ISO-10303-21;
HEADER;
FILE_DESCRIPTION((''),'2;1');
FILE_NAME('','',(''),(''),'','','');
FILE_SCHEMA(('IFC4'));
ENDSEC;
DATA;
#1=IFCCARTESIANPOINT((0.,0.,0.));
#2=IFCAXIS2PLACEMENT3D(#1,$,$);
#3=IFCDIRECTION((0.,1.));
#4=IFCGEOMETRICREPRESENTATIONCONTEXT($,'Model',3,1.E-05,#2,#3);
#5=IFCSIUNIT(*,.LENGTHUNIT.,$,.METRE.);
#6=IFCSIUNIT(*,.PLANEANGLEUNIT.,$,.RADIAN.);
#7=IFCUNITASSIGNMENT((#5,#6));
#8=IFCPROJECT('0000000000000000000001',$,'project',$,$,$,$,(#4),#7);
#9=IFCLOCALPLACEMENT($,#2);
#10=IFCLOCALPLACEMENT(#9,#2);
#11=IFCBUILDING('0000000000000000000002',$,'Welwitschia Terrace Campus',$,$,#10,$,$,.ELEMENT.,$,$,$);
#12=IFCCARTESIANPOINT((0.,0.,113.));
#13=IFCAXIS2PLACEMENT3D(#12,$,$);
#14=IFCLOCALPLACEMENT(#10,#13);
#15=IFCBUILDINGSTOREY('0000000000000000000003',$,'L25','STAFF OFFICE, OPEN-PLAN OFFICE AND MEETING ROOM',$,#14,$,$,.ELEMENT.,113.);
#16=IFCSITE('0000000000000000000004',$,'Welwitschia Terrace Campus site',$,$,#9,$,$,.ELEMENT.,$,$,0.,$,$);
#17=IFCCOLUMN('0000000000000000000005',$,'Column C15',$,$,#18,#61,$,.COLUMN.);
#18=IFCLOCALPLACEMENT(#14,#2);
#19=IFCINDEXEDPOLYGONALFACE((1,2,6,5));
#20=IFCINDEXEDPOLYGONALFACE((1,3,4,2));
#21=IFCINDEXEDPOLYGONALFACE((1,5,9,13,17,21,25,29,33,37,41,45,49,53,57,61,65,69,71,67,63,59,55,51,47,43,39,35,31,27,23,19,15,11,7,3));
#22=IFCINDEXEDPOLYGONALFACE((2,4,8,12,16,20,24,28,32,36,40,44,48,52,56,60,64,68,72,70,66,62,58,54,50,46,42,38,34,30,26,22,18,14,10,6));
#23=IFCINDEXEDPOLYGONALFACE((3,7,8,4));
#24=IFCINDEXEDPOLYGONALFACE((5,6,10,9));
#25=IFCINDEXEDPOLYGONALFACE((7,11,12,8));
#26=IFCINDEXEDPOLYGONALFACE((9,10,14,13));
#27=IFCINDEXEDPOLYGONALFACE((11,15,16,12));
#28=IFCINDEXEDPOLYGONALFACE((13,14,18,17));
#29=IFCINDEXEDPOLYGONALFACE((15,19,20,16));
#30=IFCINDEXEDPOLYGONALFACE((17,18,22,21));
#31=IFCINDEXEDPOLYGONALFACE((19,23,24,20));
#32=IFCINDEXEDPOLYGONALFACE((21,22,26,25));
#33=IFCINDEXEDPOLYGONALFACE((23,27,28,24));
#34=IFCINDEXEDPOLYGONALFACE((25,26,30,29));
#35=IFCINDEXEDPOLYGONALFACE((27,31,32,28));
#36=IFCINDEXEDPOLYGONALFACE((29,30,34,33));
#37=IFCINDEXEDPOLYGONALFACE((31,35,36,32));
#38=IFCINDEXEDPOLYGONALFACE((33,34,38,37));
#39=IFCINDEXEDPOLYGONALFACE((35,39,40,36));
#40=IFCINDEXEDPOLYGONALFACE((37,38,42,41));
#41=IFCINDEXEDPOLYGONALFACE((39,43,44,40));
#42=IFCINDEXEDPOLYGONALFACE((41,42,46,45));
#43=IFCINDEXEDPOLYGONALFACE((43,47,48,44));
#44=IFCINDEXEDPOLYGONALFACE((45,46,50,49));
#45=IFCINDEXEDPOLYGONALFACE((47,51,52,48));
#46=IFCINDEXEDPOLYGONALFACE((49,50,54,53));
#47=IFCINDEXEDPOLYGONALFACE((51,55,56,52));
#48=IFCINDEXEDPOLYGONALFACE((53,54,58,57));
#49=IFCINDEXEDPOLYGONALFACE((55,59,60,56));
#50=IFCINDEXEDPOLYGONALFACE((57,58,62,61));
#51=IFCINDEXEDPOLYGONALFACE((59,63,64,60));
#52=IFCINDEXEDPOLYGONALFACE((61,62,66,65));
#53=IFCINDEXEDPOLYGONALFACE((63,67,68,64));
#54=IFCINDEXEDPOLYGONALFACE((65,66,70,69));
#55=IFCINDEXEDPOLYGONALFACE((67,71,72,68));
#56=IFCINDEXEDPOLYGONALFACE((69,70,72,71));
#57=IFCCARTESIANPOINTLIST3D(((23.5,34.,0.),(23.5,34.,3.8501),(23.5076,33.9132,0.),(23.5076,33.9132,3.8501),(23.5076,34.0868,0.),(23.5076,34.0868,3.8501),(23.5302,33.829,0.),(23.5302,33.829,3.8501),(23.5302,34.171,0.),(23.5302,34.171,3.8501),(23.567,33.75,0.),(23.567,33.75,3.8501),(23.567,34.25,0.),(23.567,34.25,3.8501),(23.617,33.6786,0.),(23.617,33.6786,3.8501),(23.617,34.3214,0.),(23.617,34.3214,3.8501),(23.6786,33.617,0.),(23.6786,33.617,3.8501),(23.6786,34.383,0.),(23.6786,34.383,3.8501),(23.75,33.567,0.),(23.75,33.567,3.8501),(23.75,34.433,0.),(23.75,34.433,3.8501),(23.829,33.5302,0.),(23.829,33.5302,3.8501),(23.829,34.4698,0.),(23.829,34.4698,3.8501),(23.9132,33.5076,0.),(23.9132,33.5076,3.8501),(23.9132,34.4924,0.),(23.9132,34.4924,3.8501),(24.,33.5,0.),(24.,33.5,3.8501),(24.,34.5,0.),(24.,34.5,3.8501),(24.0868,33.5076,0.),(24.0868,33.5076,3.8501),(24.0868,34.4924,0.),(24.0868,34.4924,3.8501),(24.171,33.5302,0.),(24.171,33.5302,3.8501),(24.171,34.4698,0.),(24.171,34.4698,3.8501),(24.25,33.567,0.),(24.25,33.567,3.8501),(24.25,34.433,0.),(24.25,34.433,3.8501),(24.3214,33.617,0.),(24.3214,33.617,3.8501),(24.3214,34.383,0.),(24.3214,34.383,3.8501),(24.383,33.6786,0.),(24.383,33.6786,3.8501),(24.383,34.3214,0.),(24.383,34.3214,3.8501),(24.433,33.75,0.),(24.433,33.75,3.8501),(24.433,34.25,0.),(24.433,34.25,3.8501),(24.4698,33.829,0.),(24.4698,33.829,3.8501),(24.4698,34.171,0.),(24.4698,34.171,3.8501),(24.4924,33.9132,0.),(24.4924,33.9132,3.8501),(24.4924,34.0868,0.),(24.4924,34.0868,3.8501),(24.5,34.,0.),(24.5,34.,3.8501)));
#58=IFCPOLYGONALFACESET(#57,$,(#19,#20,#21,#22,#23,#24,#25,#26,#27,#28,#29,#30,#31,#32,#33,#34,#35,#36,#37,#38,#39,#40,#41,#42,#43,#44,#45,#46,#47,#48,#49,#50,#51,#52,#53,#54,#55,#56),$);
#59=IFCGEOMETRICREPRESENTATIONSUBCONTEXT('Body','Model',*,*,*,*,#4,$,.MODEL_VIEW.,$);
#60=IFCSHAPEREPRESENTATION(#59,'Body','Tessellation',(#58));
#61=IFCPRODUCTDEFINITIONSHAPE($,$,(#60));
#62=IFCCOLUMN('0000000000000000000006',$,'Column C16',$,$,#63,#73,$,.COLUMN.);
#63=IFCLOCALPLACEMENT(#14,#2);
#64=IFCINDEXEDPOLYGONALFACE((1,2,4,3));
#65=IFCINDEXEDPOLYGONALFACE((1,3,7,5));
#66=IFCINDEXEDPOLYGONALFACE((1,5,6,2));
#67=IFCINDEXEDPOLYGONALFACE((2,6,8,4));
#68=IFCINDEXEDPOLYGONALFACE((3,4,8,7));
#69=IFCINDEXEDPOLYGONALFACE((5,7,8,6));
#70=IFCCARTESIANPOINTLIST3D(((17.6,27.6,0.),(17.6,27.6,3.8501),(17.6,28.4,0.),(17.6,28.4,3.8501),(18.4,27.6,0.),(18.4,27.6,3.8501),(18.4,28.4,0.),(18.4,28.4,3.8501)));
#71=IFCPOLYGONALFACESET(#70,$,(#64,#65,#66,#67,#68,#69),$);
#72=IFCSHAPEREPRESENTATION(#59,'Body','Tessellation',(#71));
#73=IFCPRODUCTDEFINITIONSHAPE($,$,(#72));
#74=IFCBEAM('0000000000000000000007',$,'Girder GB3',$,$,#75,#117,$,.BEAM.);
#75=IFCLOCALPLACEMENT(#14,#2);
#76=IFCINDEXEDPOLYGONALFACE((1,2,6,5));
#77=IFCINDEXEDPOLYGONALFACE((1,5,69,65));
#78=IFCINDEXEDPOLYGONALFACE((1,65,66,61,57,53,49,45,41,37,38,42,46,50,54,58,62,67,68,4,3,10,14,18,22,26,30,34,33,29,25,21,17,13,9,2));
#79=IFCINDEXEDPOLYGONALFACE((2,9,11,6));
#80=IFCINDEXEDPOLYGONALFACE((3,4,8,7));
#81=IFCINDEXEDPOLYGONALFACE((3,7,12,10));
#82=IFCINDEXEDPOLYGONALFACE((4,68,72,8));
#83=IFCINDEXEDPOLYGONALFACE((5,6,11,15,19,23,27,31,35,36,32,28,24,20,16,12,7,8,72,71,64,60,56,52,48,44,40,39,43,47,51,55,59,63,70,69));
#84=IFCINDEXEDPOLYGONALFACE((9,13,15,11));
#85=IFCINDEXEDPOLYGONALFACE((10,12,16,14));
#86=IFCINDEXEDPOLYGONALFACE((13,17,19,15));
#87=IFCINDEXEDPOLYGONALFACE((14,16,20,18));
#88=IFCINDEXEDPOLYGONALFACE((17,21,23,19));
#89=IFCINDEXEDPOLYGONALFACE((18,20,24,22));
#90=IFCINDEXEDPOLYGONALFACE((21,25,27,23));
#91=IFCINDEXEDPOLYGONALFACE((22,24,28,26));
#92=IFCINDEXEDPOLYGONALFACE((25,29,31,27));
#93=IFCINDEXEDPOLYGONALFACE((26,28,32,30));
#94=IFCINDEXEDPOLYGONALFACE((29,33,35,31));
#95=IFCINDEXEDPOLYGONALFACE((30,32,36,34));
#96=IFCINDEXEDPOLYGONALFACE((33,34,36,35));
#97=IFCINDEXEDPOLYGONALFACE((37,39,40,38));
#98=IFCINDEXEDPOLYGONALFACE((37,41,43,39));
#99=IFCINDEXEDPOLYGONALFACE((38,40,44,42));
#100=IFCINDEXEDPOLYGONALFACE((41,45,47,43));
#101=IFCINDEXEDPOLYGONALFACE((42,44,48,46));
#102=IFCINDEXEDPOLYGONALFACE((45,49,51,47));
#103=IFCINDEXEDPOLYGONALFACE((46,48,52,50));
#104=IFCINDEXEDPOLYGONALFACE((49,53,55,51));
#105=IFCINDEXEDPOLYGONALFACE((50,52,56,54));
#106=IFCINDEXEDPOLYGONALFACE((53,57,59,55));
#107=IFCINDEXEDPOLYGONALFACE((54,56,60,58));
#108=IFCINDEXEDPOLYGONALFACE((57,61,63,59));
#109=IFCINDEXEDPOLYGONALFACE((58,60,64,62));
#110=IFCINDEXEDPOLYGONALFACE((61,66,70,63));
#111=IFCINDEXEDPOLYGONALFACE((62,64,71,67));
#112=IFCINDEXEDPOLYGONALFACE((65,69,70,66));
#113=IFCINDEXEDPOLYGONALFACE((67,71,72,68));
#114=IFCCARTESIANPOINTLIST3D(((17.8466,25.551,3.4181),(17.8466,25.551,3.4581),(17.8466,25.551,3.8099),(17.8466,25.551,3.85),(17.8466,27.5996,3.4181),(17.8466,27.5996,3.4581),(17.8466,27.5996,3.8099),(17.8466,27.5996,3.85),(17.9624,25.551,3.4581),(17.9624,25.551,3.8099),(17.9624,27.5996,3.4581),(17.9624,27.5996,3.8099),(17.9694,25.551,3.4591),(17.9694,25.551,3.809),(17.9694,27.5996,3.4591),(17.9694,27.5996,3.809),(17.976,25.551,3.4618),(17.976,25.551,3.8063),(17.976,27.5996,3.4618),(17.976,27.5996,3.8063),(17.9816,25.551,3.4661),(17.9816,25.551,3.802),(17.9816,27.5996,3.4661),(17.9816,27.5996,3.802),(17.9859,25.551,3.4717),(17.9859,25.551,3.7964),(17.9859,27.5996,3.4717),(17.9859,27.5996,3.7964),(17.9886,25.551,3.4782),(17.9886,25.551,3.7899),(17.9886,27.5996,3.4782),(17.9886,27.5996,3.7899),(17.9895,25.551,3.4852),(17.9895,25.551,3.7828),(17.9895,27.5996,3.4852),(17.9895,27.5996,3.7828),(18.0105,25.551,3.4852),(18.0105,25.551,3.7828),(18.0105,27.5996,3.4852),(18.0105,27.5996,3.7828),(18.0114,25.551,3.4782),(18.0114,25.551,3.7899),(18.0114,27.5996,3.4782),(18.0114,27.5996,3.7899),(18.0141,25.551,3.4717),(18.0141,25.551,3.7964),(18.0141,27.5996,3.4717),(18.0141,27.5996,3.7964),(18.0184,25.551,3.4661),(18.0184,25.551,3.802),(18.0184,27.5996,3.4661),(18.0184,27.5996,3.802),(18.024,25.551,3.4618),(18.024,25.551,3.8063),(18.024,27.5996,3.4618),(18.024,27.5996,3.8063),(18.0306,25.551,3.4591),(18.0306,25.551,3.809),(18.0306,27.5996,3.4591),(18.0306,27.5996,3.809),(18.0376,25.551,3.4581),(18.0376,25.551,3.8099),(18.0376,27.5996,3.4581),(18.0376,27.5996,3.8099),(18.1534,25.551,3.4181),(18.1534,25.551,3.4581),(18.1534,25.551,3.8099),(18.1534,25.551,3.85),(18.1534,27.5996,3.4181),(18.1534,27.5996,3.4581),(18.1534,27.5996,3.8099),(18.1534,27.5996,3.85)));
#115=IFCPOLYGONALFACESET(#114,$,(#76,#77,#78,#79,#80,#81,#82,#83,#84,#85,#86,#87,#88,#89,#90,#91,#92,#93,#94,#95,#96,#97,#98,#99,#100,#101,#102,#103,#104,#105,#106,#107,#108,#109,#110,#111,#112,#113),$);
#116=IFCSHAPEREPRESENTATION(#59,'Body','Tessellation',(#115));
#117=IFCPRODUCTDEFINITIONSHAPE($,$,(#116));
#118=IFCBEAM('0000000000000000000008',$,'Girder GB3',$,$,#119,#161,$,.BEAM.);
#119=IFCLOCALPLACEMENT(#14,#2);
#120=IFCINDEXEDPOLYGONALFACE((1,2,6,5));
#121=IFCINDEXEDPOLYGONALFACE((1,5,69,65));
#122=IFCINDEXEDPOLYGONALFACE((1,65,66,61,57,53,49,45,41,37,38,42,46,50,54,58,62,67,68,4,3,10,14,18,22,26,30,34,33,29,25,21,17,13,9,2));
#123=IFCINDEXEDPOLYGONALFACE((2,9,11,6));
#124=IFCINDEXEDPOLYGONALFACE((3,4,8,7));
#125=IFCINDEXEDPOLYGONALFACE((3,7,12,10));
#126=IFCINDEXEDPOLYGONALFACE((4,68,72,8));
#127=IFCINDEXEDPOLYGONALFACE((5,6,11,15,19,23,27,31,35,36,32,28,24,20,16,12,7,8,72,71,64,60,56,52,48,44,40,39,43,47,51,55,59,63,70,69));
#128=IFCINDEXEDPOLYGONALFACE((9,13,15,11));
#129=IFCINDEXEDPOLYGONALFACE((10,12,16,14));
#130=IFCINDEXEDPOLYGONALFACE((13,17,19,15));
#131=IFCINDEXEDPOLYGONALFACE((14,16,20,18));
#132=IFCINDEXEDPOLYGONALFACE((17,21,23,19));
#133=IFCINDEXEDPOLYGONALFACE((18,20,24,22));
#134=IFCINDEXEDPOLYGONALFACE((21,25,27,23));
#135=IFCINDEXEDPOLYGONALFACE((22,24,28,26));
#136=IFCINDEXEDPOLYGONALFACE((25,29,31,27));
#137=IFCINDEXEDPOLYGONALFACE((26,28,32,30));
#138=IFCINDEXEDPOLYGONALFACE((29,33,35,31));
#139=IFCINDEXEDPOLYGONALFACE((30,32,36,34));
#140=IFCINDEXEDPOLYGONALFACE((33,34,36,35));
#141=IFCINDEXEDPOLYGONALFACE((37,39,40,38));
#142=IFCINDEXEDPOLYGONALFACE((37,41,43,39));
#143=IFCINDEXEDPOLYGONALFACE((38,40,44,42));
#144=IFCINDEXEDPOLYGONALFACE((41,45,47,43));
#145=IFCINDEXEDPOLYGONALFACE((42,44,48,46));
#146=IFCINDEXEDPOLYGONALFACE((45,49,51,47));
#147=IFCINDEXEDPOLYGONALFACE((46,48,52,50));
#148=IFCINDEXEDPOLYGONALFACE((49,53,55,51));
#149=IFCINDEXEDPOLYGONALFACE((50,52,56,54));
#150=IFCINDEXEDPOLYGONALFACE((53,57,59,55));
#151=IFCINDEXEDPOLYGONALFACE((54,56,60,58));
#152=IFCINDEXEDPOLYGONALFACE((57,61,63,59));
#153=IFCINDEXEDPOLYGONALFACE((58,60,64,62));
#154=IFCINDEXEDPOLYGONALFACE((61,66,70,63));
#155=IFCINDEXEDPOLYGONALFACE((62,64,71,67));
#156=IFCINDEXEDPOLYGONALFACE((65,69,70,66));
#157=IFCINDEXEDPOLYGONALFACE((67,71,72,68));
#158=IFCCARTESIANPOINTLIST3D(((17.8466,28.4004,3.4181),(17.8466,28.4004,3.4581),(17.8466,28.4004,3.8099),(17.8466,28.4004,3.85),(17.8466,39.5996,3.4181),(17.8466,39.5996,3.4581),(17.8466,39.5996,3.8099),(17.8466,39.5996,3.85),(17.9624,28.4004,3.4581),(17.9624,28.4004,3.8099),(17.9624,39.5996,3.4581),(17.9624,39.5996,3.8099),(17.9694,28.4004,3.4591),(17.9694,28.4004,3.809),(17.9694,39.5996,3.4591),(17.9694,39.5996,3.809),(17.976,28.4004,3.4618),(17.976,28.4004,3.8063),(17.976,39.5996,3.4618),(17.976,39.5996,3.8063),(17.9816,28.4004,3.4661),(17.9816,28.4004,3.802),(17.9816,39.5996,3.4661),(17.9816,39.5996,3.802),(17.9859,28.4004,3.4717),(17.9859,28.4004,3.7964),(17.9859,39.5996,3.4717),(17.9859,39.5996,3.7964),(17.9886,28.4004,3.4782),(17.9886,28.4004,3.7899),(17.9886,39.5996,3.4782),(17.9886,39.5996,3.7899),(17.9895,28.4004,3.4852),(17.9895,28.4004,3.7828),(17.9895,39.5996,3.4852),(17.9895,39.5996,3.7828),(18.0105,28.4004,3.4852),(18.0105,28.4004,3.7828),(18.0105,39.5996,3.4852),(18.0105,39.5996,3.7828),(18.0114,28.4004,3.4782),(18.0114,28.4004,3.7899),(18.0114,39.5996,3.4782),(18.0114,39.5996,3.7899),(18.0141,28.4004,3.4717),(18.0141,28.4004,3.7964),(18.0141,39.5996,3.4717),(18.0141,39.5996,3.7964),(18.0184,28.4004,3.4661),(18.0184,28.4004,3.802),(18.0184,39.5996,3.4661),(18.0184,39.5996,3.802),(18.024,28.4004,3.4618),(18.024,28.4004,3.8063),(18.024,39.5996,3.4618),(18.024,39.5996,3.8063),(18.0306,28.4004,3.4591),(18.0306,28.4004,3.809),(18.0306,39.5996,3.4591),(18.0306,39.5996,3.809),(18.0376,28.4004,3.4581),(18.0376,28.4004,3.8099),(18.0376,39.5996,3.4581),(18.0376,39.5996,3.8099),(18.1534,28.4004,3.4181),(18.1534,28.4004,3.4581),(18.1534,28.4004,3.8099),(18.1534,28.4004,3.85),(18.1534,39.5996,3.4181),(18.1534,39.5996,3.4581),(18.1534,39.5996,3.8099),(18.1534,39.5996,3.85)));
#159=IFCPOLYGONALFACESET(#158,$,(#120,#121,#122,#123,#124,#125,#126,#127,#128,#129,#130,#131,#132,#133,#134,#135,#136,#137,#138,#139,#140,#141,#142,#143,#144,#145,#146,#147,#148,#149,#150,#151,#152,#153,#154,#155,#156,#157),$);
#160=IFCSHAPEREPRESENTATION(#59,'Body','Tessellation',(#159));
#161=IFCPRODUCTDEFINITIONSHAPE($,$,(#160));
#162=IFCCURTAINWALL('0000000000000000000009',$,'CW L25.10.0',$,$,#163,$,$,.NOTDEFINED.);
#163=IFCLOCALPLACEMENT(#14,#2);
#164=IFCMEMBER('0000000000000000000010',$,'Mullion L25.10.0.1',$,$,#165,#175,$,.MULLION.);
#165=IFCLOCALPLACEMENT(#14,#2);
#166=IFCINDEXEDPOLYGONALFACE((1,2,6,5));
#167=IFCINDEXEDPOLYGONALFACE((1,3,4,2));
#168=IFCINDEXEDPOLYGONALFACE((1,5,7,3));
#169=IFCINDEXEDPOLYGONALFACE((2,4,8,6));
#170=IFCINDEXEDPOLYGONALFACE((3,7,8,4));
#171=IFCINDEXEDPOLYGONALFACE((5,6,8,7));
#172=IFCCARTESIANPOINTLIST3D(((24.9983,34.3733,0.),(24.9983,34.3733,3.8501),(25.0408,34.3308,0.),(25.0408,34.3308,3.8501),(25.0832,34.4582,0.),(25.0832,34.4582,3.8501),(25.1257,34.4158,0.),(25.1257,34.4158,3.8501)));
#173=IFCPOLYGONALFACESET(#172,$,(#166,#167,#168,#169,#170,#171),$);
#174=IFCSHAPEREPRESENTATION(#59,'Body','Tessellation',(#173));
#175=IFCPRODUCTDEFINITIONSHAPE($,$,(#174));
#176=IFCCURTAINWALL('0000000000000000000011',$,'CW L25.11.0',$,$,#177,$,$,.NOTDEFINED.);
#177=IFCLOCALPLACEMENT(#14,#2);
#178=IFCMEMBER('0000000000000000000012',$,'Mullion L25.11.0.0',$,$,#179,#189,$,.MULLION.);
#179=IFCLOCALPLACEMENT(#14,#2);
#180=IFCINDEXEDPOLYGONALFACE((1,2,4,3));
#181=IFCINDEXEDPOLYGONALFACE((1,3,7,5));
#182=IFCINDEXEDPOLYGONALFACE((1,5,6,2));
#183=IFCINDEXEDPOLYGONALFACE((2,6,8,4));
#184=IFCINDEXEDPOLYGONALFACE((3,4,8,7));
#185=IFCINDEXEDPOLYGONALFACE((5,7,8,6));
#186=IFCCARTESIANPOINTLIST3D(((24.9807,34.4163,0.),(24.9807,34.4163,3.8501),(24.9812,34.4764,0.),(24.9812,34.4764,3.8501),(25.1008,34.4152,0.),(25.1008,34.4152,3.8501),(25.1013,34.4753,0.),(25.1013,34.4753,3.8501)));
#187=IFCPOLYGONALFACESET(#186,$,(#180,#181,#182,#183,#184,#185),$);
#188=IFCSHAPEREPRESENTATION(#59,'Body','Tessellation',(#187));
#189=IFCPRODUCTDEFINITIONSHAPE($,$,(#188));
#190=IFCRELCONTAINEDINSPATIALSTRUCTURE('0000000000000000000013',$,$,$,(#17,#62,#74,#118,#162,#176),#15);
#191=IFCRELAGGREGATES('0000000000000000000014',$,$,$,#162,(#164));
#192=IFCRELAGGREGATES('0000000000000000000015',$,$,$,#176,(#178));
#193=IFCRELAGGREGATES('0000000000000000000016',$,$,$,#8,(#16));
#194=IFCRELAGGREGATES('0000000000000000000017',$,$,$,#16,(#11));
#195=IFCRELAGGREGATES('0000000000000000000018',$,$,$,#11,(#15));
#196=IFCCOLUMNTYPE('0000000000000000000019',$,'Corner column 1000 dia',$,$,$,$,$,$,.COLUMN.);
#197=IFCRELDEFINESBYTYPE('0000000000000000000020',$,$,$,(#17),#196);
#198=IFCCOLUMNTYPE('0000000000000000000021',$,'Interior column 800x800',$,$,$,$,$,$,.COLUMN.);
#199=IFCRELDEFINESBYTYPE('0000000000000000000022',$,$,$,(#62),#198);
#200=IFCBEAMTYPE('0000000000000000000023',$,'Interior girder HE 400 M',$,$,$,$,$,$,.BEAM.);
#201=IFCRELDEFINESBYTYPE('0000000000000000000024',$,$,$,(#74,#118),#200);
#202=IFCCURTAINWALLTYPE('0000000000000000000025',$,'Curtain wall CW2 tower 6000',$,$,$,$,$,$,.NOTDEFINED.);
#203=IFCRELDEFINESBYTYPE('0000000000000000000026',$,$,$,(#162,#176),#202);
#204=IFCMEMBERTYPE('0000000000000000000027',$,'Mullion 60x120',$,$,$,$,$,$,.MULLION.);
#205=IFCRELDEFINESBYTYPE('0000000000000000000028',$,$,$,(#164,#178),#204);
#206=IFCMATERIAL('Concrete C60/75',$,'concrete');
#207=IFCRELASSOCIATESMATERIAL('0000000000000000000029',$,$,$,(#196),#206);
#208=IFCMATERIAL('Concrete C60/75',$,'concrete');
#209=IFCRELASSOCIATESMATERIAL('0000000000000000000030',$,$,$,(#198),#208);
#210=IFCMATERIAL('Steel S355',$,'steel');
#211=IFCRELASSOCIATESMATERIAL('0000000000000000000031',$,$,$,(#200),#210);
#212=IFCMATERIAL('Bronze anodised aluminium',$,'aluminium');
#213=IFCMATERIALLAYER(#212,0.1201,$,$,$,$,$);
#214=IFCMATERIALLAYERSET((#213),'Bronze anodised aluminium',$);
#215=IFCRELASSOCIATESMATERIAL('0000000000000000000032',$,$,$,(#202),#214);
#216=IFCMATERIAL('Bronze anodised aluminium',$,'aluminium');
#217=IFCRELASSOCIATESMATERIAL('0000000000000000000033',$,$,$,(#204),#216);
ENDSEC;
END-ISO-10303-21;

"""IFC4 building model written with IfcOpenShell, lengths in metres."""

from ifc_helpers import new_model, si_unit, direction, frame, origin, origin_2d, place, context, subcontext, project, spatial, rectangle, circle, i_section, extrude, material, layer, layer_set, material_profile, profile_set, type_object, element, aggregate, save


model = new_model("IFC4")

# Units and contexts
model_context = context("Model", 3, precision=1e-05, world=origin(), true_north=direction((0.0, 1.0)))
body_context = subcontext(model_context, "Body", "Model", "MODEL_VIEW")
ifc_project = project(units=[si_unit("LENGTHUNIT", "METRE"), si_unit("PLANEANGLEUNIT", "RADIAN")], contexts=[model_context])

# Site, building, storey
site_placement = place(None, origin())
site = spatial("IfcSite", under=ifc_project, at=site_placement, Name="Welwitschia Terrace Campus site", CompositionType="ELEMENT", RefElevation=0.0)
building_placement = place(site_placement, origin())
building = spatial("IfcBuilding", under=site, at=building_placement, Name="Welwitschia Terrace Campus", CompositionType="ELEMENT")
storey_placement = place(building_placement, frame((0.0, 0.0, 113.0)))
storey = spatial("IfcBuildingStorey", under=building, at=storey_placement, Name="L25", Description="STAFF OFFICE, OPEN-PLAN OFFICE AND MEETING ROOM", CompositionType="ELEMENT", Elevation=113.0)

# Columns
ifc_material_1 = material(Name="Concrete C60/75", Category="concrete")
ifc_material_profile_1 = material_profile(ifc_material_1, circle(Radius=0.5, at=origin_2d()))
ifc_profile_set_1 = profile_set([ifc_material_profile_1], Name="Concrete C60/75")
column_type_1 = type_object("IfcColumnType", Name="Corner column 1000 dia", PredefinedType="COLUMN", material=ifc_profile_set_1)
column_1_placement = place(storey_placement, frame((24.0, 34.0, 0.0), z_axis=(0.0, 0.0, 1.0), x_axis=(1.0, 0.0, 0.0)))
element("IfcColumn", 1, at=column_1_placement, inside=storey, type_object=column_type_1, Name="Column C15", PredefinedType="COLUMN", context=body_context, shape_type="SweptSolid", body=[
    extrude(circle(Radius=0.5, at=origin_2d()), origin(), (0.0, 0.0, 1.0), 3.8501),
])
ifc_material_2 = material(Name="Concrete C60/75", Category="concrete")
ifc_material_profile_2 = material_profile(ifc_material_2, rectangle(XDim=0.8, YDim=0.8, at=origin_2d()))
ifc_profile_set_2 = profile_set([ifc_material_profile_2], Name="Concrete C60/75")
column_type_2 = type_object("IfcColumnType", Name="Interior column 800x800", PredefinedType="COLUMN", material=ifc_profile_set_2)
column_2_placement = place(storey_placement, frame((18.0, 28.0, 0.0), z_axis=(0.0, 0.0, 1.0), x_axis=(1.0, 0.0, 0.0)))
element("IfcColumn", 2, at=column_2_placement, inside=storey, type_object=column_type_2, Name="Column C16", PredefinedType="COLUMN", context=body_context, shape_type="SweptSolid", body=[
    extrude(rectangle(XDim=0.8, YDim=0.8, at=origin_2d()), origin(), (0.0, 0.0, 1.0), 3.8501),
])

# Beams
ifc_material_3 = material(Name="Steel S355", Category="steel")
ifc_material_profile_3 = material_profile(ifc_material_3, i_section(OverallWidth=0.3069, OverallDepth=0.4319, WebThickness=0.021, FlangeThickness=0.04, FilletRadius=0.0271, at=origin_2d()))
ifc_profile_set_3 = profile_set([ifc_material_profile_3], Name="Steel S355")
beam_type_1 = type_object("IfcBeamType", Name="Interior girder HE 400 M", PredefinedType="BEAM", material=ifc_profile_set_3)
beam_1_placement = place(storey_placement, frame((18.0, 25.551, 3.634), z_axis=(0.0, 1.0, 0.0), x_axis=(-1.0, 0.0, 0.0)))
element("IfcBeam", 3, at=beam_1_placement, inside=storey, type_object=beam_type_1, Name="Girder GB3", PredefinedType="BEAM", context=body_context, shape_type="SweptSolid", body=[
    extrude(i_section(OverallWidth=0.3069, OverallDepth=0.4319, WebThickness=0.021, FlangeThickness=0.04, FilletRadius=0.0271, at=origin_2d()), origin(), (0.0, 0.0, 1.0), 2.0486),
])
beam_2_placement = place(storey_placement, frame((18.0, 28.4004, 3.634), z_axis=(0.0, 1.0, 0.0), x_axis=(-1.0, 0.0, 0.0)))
element("IfcBeam", 4, at=beam_2_placement, inside=storey, type_object=beam_type_1, Name="Girder GB3", PredefinedType="BEAM", context=body_context, shape_type="SweptSolid", body=[
    extrude(i_section(OverallWidth=0.3069, OverallDepth=0.4319, WebThickness=0.021, FlangeThickness=0.04, FilletRadius=0.0271, at=origin_2d()), origin(), (0.0, 0.0, 1.0), 11.1992),
])

# Curtain walls, members
ifc_material_4 = material(Name="Bronze anodised aluminium", Category="aluminium")
ifc_layer_1 = layer(ifc_material_4, 0.1201)
ifc_layer_set_1 = layer_set([ifc_layer_1], Name="Bronze anodised aluminium")
curtain_wall_type = type_object("IfcCurtainWallType", Name="Curtain wall CW2 tower 6000", PredefinedType="NOTDEFINED", material=ifc_layer_set_1)
curtain_wall_1_placement = place(storey_placement, origin())
curtain_wall_1 = element("IfcCurtainWall", 5, at=curtain_wall_1_placement, inside=storey, type_object=curtain_wall_type, Name="CW L25.10.0", PredefinedType="NOTDEFINED")
ifc_material_5 = material(Name="Bronze anodised aluminium", Category="aluminium")
ifc_material_profile_4 = material_profile(ifc_material_5, rectangle(XDim=0.1201, YDim=0.0601, at=origin_2d()))
ifc_profile_set_4 = profile_set([ifc_material_profile_4], Name="Bronze anodised aluminium")
member_type_1 = type_object("IfcMemberType", Name="Mullion 60x120", PredefinedType="MULLION", material=ifc_profile_set_4)
member_1_placement = place(storey_placement, frame((25.062, 34.3945, 0.0), z_axis=(0.0, 0.0, 1.0), x_axis=(-0.707107, -0.707107, 0.0)))
member_1 = element("IfcMember", 6, at=member_1_placement, type_object=member_type_1, Name="Mullion L25.10.0.1", PredefinedType="MULLION", context=body_context, shape_type="SweptSolid", body=[
    extrude(rectangle(XDim=0.1201, YDim=0.0601, at=origin_2d()), origin(), (0.0, 0.0, 1.0), 3.8501),
])
curtain_wall_2_placement = place(storey_placement, origin())
curtain_wall_2 = element("IfcCurtainWall", 7, at=curtain_wall_2_placement, inside=storey, type_object=curtain_wall_type, Name="CW L25.11.0", PredefinedType="NOTDEFINED")
member_2_placement = place(storey_placement, frame((25.041, 34.4458, 0.0), z_axis=(0.0, 0.0, 1.0), x_axis=(-0.999962, 0.008727, 0.0)))
member_2 = element("IfcMember", 8, at=member_2_placement, type_object=member_type_1, Name="Mullion L25.11.0.0", PredefinedType="MULLION", context=body_context, shape_type="SweptSolid", body=[
    extrude(rectangle(XDim=0.1201, YDim=0.0601, at=origin_2d()), origin(), (0.0, 0.0, 1.0), 3.8501),
])

aggregate(curtain_wall_1, [member_1])
aggregate(curtain_wall_2, [member_2])

save(model, "model.ifc")
